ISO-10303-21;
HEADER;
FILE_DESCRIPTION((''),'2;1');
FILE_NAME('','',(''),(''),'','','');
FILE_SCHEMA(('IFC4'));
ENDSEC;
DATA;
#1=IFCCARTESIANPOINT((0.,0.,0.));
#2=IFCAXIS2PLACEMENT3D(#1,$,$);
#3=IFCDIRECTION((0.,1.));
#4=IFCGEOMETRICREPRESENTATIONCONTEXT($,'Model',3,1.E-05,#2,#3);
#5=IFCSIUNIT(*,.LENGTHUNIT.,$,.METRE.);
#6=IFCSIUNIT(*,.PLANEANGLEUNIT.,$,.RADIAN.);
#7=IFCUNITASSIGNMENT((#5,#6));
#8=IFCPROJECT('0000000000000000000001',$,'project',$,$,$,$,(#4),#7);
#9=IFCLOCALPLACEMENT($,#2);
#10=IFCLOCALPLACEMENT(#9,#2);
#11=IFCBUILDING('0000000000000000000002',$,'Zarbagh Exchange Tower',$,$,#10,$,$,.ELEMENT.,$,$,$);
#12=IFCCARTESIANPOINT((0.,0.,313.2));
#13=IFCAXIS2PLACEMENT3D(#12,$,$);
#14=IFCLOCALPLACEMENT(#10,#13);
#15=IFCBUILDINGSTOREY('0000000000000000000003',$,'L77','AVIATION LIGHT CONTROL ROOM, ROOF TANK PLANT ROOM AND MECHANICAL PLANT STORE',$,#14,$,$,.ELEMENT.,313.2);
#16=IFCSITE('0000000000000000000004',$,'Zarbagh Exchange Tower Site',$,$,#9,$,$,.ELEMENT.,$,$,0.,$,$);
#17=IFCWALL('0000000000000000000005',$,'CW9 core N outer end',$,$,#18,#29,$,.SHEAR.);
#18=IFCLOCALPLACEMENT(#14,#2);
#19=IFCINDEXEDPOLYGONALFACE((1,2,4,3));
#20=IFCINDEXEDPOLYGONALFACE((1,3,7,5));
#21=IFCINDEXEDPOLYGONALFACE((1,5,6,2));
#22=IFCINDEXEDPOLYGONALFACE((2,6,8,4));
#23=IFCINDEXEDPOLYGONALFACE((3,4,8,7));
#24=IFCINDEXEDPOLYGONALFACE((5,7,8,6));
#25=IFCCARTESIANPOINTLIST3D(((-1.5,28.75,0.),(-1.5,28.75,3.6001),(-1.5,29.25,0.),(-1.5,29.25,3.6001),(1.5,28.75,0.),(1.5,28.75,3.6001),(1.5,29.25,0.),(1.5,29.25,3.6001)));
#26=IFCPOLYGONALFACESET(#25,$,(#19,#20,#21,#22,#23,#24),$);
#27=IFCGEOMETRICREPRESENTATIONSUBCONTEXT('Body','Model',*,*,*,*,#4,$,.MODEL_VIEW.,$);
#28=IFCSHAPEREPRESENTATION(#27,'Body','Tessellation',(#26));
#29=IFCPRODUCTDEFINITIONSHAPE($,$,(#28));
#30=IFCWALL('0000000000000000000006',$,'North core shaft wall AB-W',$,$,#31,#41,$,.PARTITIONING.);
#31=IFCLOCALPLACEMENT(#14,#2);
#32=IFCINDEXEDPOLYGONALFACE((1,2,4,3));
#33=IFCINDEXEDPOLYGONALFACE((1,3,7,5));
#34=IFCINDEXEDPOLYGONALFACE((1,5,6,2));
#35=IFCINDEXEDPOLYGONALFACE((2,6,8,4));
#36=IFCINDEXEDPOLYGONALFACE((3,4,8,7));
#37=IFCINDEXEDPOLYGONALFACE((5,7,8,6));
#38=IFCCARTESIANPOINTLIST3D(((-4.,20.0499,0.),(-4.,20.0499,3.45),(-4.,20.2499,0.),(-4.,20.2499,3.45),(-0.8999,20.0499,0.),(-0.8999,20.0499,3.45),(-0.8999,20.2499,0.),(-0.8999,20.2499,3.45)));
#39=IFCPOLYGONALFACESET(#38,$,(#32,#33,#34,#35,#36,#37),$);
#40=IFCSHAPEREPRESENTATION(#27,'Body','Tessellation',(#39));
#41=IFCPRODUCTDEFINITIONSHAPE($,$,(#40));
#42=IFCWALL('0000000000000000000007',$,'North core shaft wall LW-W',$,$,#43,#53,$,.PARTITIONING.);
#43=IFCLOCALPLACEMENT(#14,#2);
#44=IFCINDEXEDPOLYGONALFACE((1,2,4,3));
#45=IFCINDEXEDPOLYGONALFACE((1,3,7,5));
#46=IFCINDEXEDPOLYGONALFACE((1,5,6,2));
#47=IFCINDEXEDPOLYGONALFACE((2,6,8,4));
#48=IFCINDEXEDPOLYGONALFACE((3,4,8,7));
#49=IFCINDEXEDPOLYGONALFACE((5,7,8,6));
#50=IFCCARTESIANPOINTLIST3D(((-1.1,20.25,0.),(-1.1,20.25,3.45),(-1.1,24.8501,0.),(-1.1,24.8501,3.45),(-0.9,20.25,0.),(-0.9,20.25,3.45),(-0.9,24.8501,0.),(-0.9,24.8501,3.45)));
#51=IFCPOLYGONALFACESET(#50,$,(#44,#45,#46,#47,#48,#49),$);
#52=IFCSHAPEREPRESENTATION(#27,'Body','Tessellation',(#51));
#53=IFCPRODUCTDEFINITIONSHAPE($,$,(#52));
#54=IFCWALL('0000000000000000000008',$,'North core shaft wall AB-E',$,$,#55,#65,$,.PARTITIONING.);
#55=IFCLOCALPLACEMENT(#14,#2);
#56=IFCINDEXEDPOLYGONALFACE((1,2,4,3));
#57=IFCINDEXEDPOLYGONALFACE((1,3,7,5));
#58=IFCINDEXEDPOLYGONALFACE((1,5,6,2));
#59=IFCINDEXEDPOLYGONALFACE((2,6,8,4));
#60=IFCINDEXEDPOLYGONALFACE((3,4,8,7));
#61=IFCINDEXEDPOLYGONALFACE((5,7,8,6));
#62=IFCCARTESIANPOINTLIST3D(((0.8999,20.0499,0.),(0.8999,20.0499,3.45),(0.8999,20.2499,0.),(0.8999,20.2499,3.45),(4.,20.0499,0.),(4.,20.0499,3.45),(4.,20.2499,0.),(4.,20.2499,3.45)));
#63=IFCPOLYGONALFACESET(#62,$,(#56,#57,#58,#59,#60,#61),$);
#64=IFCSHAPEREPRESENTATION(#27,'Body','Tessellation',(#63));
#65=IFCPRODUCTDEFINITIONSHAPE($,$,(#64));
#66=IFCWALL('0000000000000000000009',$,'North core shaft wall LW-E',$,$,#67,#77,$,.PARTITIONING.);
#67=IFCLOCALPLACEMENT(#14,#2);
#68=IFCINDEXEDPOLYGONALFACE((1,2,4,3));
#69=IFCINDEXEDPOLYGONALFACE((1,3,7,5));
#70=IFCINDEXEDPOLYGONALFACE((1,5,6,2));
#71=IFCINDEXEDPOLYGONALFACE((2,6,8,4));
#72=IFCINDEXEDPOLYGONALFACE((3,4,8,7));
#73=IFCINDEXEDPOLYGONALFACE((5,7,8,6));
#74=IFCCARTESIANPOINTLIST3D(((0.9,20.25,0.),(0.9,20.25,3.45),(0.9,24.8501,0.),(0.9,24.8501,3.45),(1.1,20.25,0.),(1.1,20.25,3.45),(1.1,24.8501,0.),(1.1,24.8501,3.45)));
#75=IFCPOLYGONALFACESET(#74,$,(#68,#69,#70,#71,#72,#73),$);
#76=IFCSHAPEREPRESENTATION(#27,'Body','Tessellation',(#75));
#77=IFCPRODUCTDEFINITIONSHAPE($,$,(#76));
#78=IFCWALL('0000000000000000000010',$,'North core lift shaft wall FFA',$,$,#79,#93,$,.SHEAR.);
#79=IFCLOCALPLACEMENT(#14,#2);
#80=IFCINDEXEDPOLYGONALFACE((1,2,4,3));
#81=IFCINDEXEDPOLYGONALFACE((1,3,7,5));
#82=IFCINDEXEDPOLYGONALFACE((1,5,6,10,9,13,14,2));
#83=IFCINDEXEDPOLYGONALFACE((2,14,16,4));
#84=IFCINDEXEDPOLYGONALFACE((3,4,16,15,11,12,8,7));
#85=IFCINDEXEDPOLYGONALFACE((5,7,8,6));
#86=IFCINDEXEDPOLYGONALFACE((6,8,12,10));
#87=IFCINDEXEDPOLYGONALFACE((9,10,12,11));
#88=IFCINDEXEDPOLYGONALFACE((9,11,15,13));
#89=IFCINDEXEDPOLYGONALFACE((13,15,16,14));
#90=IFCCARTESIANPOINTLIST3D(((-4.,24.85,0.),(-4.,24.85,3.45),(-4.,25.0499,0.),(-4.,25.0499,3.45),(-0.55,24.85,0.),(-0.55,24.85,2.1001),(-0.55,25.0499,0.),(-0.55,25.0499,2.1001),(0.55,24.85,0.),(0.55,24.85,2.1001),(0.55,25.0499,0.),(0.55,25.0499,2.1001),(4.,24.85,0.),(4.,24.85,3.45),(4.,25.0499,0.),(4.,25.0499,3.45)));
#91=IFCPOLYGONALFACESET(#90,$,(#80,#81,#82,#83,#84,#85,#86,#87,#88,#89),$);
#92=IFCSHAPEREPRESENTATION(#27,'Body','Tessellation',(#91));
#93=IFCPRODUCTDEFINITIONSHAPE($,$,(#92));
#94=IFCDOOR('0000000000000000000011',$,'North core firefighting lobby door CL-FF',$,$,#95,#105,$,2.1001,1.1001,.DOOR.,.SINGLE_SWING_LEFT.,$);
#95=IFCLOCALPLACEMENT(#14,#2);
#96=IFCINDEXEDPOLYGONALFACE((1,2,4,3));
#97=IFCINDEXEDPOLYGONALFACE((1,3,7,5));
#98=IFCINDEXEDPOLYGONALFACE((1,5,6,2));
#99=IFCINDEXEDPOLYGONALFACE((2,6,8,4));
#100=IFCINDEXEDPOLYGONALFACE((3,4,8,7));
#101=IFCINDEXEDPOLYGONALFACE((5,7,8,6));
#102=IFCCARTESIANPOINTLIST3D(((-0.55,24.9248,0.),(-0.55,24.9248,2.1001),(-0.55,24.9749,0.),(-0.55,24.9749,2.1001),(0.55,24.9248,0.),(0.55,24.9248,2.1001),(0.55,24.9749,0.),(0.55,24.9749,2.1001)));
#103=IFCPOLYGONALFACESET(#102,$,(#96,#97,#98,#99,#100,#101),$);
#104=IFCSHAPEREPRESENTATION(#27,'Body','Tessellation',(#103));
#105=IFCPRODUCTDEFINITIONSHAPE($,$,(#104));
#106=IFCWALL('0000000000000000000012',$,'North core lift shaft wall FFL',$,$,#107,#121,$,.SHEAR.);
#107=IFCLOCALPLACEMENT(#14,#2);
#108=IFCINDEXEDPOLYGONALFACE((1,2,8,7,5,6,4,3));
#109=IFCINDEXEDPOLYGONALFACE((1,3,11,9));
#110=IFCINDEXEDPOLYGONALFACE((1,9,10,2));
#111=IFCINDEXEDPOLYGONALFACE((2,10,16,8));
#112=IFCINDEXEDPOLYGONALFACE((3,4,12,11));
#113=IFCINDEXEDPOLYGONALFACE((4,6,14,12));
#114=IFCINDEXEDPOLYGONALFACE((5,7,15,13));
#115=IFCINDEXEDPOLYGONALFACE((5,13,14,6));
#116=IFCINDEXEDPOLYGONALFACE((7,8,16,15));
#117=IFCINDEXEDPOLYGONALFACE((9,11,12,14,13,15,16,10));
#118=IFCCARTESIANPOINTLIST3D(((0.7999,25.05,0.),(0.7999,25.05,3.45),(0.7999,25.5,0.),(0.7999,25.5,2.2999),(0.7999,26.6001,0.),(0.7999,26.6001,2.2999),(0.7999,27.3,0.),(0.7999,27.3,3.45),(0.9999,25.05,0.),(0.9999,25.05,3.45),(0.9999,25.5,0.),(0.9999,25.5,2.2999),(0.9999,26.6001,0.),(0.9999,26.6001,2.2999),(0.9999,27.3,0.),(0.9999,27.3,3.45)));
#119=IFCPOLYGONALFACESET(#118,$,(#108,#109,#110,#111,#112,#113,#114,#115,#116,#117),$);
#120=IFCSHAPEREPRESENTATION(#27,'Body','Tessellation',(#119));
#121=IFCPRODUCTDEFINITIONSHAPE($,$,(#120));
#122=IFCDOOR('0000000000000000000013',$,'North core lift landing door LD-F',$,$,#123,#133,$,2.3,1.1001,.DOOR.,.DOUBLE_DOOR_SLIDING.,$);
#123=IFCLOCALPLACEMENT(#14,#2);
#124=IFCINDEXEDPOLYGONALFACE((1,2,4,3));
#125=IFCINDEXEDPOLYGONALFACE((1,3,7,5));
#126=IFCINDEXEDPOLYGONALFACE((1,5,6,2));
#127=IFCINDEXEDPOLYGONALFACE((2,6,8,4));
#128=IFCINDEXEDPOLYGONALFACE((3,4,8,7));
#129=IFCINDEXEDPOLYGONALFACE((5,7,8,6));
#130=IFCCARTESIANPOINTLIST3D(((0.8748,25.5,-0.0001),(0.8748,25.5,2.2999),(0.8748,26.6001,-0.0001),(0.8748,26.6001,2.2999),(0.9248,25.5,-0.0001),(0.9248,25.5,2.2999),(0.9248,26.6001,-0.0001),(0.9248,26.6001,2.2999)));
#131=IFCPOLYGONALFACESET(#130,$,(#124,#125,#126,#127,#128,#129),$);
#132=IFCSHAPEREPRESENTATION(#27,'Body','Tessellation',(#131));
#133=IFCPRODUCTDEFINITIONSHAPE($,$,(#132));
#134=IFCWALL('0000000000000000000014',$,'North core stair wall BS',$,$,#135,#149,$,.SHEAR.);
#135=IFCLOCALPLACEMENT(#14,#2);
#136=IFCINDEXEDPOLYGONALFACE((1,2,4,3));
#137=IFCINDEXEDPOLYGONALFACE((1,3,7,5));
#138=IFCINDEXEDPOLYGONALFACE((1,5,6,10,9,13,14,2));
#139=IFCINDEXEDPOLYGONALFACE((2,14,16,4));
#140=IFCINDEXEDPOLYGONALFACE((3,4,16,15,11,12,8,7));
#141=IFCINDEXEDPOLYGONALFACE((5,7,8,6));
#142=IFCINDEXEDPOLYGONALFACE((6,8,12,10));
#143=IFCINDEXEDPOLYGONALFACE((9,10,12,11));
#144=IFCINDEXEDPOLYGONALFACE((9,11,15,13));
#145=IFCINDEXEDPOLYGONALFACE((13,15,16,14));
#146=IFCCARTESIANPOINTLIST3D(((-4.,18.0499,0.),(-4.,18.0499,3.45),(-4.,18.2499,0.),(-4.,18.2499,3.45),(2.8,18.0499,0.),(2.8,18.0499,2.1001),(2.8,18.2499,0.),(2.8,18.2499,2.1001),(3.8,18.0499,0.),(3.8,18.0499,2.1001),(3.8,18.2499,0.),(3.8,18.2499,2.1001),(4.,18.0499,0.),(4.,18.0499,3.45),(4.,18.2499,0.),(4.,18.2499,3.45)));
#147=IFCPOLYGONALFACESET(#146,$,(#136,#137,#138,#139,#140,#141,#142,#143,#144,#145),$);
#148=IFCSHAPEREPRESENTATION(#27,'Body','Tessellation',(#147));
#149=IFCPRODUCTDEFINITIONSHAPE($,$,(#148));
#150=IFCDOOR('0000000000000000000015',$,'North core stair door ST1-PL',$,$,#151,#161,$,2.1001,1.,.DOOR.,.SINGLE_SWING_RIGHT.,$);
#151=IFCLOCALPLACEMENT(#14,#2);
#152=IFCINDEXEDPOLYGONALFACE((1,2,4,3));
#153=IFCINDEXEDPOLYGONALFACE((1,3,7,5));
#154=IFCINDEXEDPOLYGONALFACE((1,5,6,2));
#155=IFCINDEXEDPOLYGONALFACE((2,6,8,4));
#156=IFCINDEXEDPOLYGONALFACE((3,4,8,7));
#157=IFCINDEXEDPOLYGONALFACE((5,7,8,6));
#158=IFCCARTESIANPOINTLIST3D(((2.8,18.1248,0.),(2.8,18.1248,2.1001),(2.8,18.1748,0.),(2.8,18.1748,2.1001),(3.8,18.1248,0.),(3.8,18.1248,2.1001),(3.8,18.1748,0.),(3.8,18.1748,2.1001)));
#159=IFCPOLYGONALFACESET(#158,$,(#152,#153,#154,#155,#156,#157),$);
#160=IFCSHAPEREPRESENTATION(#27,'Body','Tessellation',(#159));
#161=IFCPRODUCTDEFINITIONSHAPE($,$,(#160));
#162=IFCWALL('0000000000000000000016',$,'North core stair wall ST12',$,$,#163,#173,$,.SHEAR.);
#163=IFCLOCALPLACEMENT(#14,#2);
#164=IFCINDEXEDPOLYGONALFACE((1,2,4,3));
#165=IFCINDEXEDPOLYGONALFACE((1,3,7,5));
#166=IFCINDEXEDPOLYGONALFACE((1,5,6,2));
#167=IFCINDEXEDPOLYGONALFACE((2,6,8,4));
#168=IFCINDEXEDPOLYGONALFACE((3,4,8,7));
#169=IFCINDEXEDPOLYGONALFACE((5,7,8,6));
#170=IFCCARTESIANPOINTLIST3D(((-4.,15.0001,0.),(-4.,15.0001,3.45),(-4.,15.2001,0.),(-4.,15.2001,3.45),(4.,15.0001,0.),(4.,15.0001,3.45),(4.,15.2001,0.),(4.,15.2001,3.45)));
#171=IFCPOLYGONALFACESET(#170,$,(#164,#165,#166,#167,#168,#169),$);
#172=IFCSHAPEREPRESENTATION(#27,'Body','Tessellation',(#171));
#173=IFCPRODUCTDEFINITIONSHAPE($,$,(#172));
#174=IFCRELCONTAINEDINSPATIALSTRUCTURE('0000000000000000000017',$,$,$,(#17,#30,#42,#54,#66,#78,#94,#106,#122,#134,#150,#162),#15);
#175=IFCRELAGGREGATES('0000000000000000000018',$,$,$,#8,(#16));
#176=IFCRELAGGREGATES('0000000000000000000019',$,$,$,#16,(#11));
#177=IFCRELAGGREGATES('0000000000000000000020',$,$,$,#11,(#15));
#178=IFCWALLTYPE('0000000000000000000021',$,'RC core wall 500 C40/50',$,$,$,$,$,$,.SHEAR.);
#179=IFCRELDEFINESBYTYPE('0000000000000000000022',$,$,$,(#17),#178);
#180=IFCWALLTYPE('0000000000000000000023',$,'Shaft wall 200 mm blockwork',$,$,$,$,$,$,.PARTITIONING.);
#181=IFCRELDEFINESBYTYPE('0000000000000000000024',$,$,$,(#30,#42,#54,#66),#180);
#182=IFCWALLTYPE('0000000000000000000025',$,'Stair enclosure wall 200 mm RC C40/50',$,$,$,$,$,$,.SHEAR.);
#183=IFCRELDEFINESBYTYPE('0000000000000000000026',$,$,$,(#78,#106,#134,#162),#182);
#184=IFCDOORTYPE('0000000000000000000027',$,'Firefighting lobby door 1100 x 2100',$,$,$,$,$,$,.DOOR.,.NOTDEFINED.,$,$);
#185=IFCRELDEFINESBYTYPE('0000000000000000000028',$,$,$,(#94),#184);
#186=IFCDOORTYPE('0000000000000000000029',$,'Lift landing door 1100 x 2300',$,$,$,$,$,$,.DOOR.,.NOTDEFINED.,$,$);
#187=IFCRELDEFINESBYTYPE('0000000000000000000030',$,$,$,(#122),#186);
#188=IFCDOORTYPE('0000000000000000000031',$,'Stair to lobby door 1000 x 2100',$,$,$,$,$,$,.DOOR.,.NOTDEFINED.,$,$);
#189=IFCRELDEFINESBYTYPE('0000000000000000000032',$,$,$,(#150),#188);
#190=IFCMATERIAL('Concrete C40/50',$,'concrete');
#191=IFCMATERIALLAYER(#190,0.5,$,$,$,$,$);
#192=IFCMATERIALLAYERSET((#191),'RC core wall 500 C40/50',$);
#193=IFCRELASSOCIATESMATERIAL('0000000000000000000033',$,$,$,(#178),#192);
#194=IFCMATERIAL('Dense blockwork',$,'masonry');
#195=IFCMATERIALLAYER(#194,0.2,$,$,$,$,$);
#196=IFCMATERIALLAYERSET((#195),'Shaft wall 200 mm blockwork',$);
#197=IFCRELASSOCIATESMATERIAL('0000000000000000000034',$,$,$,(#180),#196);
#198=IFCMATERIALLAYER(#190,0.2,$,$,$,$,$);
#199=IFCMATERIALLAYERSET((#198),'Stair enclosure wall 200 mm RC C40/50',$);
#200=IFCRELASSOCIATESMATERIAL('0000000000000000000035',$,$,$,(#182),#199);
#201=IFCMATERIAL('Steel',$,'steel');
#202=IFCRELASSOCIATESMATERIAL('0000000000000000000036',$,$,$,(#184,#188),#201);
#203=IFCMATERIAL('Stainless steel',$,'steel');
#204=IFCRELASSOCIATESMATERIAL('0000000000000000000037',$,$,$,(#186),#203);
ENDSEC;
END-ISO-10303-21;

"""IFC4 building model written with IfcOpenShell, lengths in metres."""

from ifc_helpers import new_model, si_unit, direction, frame, frame_2d, origin, place, context, subcontext, project, spatial, rectangle, extrude, material, layer, layer_set, type_object, element, fill, save


model = new_model("IFC4")

# Units and contexts
model_context = context("Model", 3, precision=1e-05, world=origin(), true_north=direction((0.0, 1.0)))
body_context = subcontext(model_context, "Body", "Model", "MODEL_VIEW")
ifc_project = project(units=[si_unit("LENGTHUNIT", "METRE"), si_unit("PLANEANGLEUNIT", "RADIAN")], contexts=[model_context])

# Site, building, storey
site_placement = place(None, origin())
site = spatial("IfcSite", under=ifc_project, at=site_placement, Name="Zarbagh Exchange Tower Site", CompositionType="ELEMENT", RefElevation=0.0)
building_placement = place(site_placement, origin())
building = spatial("IfcBuilding", under=site, at=building_placement, Name="Zarbagh Exchange Tower", CompositionType="ELEMENT")
storey_placement = place(building_placement, frame((0.0, 0.0, 313.2)))
storey = spatial("IfcBuildingStorey", under=building, at=storey_placement, Name="L77", Description="AVIATION LIGHT CONTROL ROOM, ROOF TANK PLANT ROOM AND MECHANICAL PLANT STORE", CompositionType="ELEMENT", Elevation=313.2)

# Walls
ifc_material_1 = material(Name="Concrete C40/50", Category="concrete")
ifc_layer_1 = layer(ifc_material_1, 0.5)
ifc_layer_set_1 = layer_set([ifc_layer_1], Name="RC core wall 500 C40/50")
wall_type_1 = type_object("IfcWallType", Name="RC core wall 500 C40/50", PredefinedType="SHEAR", material=ifc_layer_set_1)
wall_1_placement = place(storey_placement, frame((-1.5, 29.0, 0.0), z_axis=(0.0, 0.0, 1.0), x_axis=(1.0, 0.0, 0.0)))
element("IfcWall", 1, at=wall_1_placement, inside=storey, type_object=wall_type_1, Name="CW9 core N outer end", PredefinedType="SHEAR", context=body_context, shape_type="SweptSolid", body=[
    extrude(rectangle(XDim=3.0, YDim=0.5, at=frame_2d((1.5, 0.0))), origin(), (0.0, 0.0, 1.0), 3.6001),
])
ifc_material_2 = material(Name="Dense blockwork", Category="masonry")
ifc_layer_2 = layer(ifc_material_2, 0.2)
ifc_layer_set_2 = layer_set([ifc_layer_2], Name="Shaft wall 200 mm blockwork")
wall_type_2 = type_object("IfcWallType", Name="Shaft wall 200 mm blockwork", PredefinedType="PARTITIONING", material=ifc_layer_set_2)
wall_2_placement = place(storey_placement, frame((-4.0, 20.1499, 0.0), z_axis=(0.0, 0.0, 1.0), x_axis=(1.0, 0.0, 0.0)))
element("IfcWall", 2, at=wall_2_placement, inside=storey, type_object=wall_type_2, Name="North core shaft wall AB-W", PredefinedType="PARTITIONING", context=body_context, shape_type="SweptSolid", body=[
    extrude(rectangle(XDim=3.1001, YDim=0.2, at=frame_2d((1.55, 0.0))), origin(), (0.0, 0.0, 1.0), 3.45),
])
wall_3_placement = place(storey_placement, frame((-1.0, 24.8501, 0.0), z_axis=(0.0, 0.0, 1.0), x_axis=(0.0, -1.0, 0.0)))
element("IfcWall", 3, at=wall_3_placement, inside=storey, type_object=wall_type_2, Name="North core shaft wall LW-W", PredefinedType="PARTITIONING", context=body_context, shape_type="SweptSolid", body=[
    extrude(rectangle(XDim=4.6001, YDim=0.2, at=frame_2d((2.3, 0.0))), origin(), (0.0, 0.0, 1.0), 3.45),
])
wall_4_placement = place(storey_placement, frame((0.8999, 20.1499, 0.0), z_axis=(0.0, 0.0, 1.0), x_axis=(1.0, 0.0, 0.0)))
element("IfcWall", 4, at=wall_4_placement, inside=storey, type_object=wall_type_2, Name="North core shaft wall AB-E", PredefinedType="PARTITIONING", context=body_context, shape_type="SweptSolid", body=[
    extrude(rectangle(XDim=3.1001, YDim=0.2, at=frame_2d((1.55, 0.0))), origin(), (0.0, 0.0, 1.0), 3.45),
])
wall_5_placement = place(storey_placement, frame((1.0, 24.8501, 0.0), z_axis=(0.0, 0.0, 1.0), x_axis=(0.0, -1.0, 0.0)))
element("IfcWall", 5, at=wall_5_placement, inside=storey, type_object=wall_type_2, Name="North core shaft wall LW-E", PredefinedType="PARTITIONING", context=body_context, shape_type="SweptSolid", body=[
    extrude(rectangle(XDim=4.6001, YDim=0.2, at=frame_2d((2.3, 0.0))), origin(), (0.0, 0.0, 1.0), 3.45),
])

# Walls, openings, doors
ifc_layer_3 = layer(ifc_material_1, 0.2)
ifc_layer_set_3 = layer_set([ifc_layer_3], Name="Stair enclosure wall 200 mm RC C40/50")
wall_type_3 = type_object("IfcWallType", Name="Stair enclosure wall 200 mm RC C40/50", PredefinedType="SHEAR", material=ifc_layer_set_3)
wall_6_placement = place(storey_placement, frame((-4.0, 24.95, 0.0), z_axis=(0.0, 0.0, 1.0), x_axis=(1.0, 0.0, 0.0)))
wall_6 = element("IfcWall", 6, at=wall_6_placement, inside=storey, type_object=wall_type_3, Name="North core lift shaft wall FFA", PredefinedType="SHEAR", context=body_context, shape_type="SweptSolid", body=[
    extrude(rectangle(XDim=8.0, YDim=0.2, at=frame_2d((4.0, 0.0))), origin(), (0.0, 0.0, 1.0), 3.45),
])
opening_1_placement = place(wall_6_placement, frame((3.45, 0.0, 0.0)))
opening_1 = element("IfcOpeningElement", 7, at=opening_1_placement, cuts=wall_6, PredefinedType="OPENING", context=body_context, shape_type="SweptSolid", body=[
    extrude(rectangle(XDim=1.1001, YDim=2.1001, at=frame_2d((0.55, 1.05))), frame((0.0, 0.1099, 0.0), z_axis=(0.0, -1.0, 0.0), x_axis=(1.0, 0.0, 0.0)), (0.0, 0.0, 1.0), 0.22),
])
ifc_material_3 = material(Name="Steel", Category="steel")
door_type_1 = type_object("IfcDoorType", Name="Firefighting lobby door 1100 x 2100", OperationType="NOTDEFINED", PredefinedType="DOOR", material=ifc_material_3)
door_1_placement = place(opening_1_placement, origin())
door_1 = element("IfcDoor", 8, at=door_1_placement, inside=storey, type_object=door_type_1, Name="North core firefighting lobby door CL-FF", OperationType="SINGLE_SWING_LEFT", OverallHeight=2.1001, OverallWidth=1.1001, PredefinedType="DOOR", context=body_context, shape_type="SweptSolid", body=[
    extrude(rectangle(XDim=1.1001, YDim=2.1001, at=frame_2d((0.55, 1.05))), frame((0.0, 0.0249, 0.0), z_axis=(0.0, -1.0, 0.0), x_axis=(1.0, 0.0, 0.0)), (0.0, 0.0, 1.0), 0.05),
])
fill(opening_1, door_1)
wall_7_placement = place(storey_placement, frame((0.8999, 27.3, 0.0), z_axis=(0.0, 0.0, 1.0), x_axis=(0.0, -1.0, 0.0)))
wall_7 = element("IfcWall", 9, at=wall_7_placement, inside=storey, type_object=wall_type_3, Name="North core lift shaft wall FFL", PredefinedType="SHEAR", context=body_context, shape_type="SweptSolid", body=[
    extrude(rectangle(XDim=2.25, YDim=0.2, at=frame_2d((1.125, 0.0))), origin(), (0.0, 0.0, 1.0), 3.45),
])
opening_2_placement = place(wall_7_placement, frame((0.7, 0.0, 0.0)))
opening_2 = element("IfcOpeningElement", 10, at=opening_2_placement, cuts=wall_7, PredefinedType="OPENING", context=body_context, shape_type="SweptSolid", body=[
    extrude(rectangle(XDim=1.1001, YDim=2.3, at=frame_2d((0.55, 1.1499))), frame((0.0, 0.1099, 0.0), z_axis=(0.0, -1.0, 0.0), x_axis=(1.0, 0.0, 0.0)), (0.0, 0.0, 1.0), 0.22),
])
ifc_material_4 = material(Name="Stainless steel", Category="steel")
door_type_2 = type_object("IfcDoorType", Name="Lift landing door 1100 x 2300", OperationType="NOTDEFINED", PredefinedType="DOOR", material=ifc_material_4)
door_2_placement = place(opening_2_placement, origin())
door_2 = element("IfcDoor", 11, at=door_2_placement, inside=storey, type_object=door_type_2, Name="North core lift landing door LD-F", OperationType="DOUBLE_DOOR_SLIDING", OverallHeight=2.3, OverallWidth=1.1001, PredefinedType="DOOR", context=body_context, shape_type="SweptSolid", body=[
    extrude(rectangle(XDim=1.1001, YDim=2.3, at=frame_2d((0.55, 1.1499))), frame((0.0, 0.0249, 0.0), z_axis=(0.0, -1.0, 0.0), x_axis=(1.0, 0.0, 0.0)), (0.0, 0.0, 1.0), 0.05),
])
fill(opening_2, door_2)
wall_8_placement = place(storey_placement, frame((-4.0, 18.1499, 0.0), z_axis=(0.0, 0.0, 1.0), x_axis=(1.0, 0.0, 0.0)))
wall_8 = element("IfcWall", 12, at=wall_8_placement, inside=storey, type_object=wall_type_3, Name="North core stair wall BS", PredefinedType="SHEAR", context=body_context, shape_type="SweptSolid", body=[
    extrude(rectangle(XDim=8.0, YDim=0.2, at=frame_2d((4.0, 0.0))), origin(), (0.0, 0.0, 1.0), 3.45),
])
opening_3_placement = place(wall_8_placement, frame((6.8, 0.0, 0.0)))
opening_3 = element("IfcOpeningElement", 13, at=opening_3_placement, cuts=wall_8, PredefinedType="OPENING", context=body_context, shape_type="SweptSolid", body=[
    extrude(rectangle(XDim=1.0, YDim=2.1001, at=frame_2d((0.5, 1.05))), frame((0.0, 0.1099, 0.0), z_axis=(0.0, -1.0, 0.0), x_axis=(1.0, 0.0, 0.0)), (0.0, 0.0, 1.0), 0.22),
])
door_type_3 = type_object("IfcDoorType", Name="Stair to lobby door 1000 x 2100", OperationType="NOTDEFINED", PredefinedType="DOOR", material=ifc_material_3)
door_3_placement = place(opening_3_placement, origin())
door_3 = element("IfcDoor", 14, at=door_3_placement, inside=storey, type_object=door_type_3, Name="North core stair door ST1-PL", OperationType="SINGLE_SWING_RIGHT", OverallHeight=2.1001, OverallWidth=1.0, PredefinedType="DOOR", context=body_context, shape_type="SweptSolid", body=[
    extrude(rectangle(XDim=1.0, YDim=2.1001, at=frame_2d((0.5, 1.05))), frame((0.0, 0.0249, 0.0), z_axis=(0.0, -1.0, 0.0), x_axis=(1.0, 0.0, 0.0)), (0.0, 0.0, 1.0), 0.05),
])
fill(opening_3, door_3)

# Wall
wall_9_placement = place(storey_placement, frame((-4.0, 15.1001, 0.0), z_axis=(0.0, 0.0, 1.0), x_axis=(1.0, 0.0, 0.0)))
element("IfcWall", 15, at=wall_9_placement, inside=storey, type_object=wall_type_3, Name="North core stair wall ST12", PredefinedType="SHEAR", context=body_context, shape_type="SweptSolid", body=[
    extrude(rectangle(XDim=8.0, YDim=0.2, at=frame_2d((4.0, 0.0))), origin(), (0.0, 0.0, 1.0), 3.45),
])

save(model, "model.ifc")
